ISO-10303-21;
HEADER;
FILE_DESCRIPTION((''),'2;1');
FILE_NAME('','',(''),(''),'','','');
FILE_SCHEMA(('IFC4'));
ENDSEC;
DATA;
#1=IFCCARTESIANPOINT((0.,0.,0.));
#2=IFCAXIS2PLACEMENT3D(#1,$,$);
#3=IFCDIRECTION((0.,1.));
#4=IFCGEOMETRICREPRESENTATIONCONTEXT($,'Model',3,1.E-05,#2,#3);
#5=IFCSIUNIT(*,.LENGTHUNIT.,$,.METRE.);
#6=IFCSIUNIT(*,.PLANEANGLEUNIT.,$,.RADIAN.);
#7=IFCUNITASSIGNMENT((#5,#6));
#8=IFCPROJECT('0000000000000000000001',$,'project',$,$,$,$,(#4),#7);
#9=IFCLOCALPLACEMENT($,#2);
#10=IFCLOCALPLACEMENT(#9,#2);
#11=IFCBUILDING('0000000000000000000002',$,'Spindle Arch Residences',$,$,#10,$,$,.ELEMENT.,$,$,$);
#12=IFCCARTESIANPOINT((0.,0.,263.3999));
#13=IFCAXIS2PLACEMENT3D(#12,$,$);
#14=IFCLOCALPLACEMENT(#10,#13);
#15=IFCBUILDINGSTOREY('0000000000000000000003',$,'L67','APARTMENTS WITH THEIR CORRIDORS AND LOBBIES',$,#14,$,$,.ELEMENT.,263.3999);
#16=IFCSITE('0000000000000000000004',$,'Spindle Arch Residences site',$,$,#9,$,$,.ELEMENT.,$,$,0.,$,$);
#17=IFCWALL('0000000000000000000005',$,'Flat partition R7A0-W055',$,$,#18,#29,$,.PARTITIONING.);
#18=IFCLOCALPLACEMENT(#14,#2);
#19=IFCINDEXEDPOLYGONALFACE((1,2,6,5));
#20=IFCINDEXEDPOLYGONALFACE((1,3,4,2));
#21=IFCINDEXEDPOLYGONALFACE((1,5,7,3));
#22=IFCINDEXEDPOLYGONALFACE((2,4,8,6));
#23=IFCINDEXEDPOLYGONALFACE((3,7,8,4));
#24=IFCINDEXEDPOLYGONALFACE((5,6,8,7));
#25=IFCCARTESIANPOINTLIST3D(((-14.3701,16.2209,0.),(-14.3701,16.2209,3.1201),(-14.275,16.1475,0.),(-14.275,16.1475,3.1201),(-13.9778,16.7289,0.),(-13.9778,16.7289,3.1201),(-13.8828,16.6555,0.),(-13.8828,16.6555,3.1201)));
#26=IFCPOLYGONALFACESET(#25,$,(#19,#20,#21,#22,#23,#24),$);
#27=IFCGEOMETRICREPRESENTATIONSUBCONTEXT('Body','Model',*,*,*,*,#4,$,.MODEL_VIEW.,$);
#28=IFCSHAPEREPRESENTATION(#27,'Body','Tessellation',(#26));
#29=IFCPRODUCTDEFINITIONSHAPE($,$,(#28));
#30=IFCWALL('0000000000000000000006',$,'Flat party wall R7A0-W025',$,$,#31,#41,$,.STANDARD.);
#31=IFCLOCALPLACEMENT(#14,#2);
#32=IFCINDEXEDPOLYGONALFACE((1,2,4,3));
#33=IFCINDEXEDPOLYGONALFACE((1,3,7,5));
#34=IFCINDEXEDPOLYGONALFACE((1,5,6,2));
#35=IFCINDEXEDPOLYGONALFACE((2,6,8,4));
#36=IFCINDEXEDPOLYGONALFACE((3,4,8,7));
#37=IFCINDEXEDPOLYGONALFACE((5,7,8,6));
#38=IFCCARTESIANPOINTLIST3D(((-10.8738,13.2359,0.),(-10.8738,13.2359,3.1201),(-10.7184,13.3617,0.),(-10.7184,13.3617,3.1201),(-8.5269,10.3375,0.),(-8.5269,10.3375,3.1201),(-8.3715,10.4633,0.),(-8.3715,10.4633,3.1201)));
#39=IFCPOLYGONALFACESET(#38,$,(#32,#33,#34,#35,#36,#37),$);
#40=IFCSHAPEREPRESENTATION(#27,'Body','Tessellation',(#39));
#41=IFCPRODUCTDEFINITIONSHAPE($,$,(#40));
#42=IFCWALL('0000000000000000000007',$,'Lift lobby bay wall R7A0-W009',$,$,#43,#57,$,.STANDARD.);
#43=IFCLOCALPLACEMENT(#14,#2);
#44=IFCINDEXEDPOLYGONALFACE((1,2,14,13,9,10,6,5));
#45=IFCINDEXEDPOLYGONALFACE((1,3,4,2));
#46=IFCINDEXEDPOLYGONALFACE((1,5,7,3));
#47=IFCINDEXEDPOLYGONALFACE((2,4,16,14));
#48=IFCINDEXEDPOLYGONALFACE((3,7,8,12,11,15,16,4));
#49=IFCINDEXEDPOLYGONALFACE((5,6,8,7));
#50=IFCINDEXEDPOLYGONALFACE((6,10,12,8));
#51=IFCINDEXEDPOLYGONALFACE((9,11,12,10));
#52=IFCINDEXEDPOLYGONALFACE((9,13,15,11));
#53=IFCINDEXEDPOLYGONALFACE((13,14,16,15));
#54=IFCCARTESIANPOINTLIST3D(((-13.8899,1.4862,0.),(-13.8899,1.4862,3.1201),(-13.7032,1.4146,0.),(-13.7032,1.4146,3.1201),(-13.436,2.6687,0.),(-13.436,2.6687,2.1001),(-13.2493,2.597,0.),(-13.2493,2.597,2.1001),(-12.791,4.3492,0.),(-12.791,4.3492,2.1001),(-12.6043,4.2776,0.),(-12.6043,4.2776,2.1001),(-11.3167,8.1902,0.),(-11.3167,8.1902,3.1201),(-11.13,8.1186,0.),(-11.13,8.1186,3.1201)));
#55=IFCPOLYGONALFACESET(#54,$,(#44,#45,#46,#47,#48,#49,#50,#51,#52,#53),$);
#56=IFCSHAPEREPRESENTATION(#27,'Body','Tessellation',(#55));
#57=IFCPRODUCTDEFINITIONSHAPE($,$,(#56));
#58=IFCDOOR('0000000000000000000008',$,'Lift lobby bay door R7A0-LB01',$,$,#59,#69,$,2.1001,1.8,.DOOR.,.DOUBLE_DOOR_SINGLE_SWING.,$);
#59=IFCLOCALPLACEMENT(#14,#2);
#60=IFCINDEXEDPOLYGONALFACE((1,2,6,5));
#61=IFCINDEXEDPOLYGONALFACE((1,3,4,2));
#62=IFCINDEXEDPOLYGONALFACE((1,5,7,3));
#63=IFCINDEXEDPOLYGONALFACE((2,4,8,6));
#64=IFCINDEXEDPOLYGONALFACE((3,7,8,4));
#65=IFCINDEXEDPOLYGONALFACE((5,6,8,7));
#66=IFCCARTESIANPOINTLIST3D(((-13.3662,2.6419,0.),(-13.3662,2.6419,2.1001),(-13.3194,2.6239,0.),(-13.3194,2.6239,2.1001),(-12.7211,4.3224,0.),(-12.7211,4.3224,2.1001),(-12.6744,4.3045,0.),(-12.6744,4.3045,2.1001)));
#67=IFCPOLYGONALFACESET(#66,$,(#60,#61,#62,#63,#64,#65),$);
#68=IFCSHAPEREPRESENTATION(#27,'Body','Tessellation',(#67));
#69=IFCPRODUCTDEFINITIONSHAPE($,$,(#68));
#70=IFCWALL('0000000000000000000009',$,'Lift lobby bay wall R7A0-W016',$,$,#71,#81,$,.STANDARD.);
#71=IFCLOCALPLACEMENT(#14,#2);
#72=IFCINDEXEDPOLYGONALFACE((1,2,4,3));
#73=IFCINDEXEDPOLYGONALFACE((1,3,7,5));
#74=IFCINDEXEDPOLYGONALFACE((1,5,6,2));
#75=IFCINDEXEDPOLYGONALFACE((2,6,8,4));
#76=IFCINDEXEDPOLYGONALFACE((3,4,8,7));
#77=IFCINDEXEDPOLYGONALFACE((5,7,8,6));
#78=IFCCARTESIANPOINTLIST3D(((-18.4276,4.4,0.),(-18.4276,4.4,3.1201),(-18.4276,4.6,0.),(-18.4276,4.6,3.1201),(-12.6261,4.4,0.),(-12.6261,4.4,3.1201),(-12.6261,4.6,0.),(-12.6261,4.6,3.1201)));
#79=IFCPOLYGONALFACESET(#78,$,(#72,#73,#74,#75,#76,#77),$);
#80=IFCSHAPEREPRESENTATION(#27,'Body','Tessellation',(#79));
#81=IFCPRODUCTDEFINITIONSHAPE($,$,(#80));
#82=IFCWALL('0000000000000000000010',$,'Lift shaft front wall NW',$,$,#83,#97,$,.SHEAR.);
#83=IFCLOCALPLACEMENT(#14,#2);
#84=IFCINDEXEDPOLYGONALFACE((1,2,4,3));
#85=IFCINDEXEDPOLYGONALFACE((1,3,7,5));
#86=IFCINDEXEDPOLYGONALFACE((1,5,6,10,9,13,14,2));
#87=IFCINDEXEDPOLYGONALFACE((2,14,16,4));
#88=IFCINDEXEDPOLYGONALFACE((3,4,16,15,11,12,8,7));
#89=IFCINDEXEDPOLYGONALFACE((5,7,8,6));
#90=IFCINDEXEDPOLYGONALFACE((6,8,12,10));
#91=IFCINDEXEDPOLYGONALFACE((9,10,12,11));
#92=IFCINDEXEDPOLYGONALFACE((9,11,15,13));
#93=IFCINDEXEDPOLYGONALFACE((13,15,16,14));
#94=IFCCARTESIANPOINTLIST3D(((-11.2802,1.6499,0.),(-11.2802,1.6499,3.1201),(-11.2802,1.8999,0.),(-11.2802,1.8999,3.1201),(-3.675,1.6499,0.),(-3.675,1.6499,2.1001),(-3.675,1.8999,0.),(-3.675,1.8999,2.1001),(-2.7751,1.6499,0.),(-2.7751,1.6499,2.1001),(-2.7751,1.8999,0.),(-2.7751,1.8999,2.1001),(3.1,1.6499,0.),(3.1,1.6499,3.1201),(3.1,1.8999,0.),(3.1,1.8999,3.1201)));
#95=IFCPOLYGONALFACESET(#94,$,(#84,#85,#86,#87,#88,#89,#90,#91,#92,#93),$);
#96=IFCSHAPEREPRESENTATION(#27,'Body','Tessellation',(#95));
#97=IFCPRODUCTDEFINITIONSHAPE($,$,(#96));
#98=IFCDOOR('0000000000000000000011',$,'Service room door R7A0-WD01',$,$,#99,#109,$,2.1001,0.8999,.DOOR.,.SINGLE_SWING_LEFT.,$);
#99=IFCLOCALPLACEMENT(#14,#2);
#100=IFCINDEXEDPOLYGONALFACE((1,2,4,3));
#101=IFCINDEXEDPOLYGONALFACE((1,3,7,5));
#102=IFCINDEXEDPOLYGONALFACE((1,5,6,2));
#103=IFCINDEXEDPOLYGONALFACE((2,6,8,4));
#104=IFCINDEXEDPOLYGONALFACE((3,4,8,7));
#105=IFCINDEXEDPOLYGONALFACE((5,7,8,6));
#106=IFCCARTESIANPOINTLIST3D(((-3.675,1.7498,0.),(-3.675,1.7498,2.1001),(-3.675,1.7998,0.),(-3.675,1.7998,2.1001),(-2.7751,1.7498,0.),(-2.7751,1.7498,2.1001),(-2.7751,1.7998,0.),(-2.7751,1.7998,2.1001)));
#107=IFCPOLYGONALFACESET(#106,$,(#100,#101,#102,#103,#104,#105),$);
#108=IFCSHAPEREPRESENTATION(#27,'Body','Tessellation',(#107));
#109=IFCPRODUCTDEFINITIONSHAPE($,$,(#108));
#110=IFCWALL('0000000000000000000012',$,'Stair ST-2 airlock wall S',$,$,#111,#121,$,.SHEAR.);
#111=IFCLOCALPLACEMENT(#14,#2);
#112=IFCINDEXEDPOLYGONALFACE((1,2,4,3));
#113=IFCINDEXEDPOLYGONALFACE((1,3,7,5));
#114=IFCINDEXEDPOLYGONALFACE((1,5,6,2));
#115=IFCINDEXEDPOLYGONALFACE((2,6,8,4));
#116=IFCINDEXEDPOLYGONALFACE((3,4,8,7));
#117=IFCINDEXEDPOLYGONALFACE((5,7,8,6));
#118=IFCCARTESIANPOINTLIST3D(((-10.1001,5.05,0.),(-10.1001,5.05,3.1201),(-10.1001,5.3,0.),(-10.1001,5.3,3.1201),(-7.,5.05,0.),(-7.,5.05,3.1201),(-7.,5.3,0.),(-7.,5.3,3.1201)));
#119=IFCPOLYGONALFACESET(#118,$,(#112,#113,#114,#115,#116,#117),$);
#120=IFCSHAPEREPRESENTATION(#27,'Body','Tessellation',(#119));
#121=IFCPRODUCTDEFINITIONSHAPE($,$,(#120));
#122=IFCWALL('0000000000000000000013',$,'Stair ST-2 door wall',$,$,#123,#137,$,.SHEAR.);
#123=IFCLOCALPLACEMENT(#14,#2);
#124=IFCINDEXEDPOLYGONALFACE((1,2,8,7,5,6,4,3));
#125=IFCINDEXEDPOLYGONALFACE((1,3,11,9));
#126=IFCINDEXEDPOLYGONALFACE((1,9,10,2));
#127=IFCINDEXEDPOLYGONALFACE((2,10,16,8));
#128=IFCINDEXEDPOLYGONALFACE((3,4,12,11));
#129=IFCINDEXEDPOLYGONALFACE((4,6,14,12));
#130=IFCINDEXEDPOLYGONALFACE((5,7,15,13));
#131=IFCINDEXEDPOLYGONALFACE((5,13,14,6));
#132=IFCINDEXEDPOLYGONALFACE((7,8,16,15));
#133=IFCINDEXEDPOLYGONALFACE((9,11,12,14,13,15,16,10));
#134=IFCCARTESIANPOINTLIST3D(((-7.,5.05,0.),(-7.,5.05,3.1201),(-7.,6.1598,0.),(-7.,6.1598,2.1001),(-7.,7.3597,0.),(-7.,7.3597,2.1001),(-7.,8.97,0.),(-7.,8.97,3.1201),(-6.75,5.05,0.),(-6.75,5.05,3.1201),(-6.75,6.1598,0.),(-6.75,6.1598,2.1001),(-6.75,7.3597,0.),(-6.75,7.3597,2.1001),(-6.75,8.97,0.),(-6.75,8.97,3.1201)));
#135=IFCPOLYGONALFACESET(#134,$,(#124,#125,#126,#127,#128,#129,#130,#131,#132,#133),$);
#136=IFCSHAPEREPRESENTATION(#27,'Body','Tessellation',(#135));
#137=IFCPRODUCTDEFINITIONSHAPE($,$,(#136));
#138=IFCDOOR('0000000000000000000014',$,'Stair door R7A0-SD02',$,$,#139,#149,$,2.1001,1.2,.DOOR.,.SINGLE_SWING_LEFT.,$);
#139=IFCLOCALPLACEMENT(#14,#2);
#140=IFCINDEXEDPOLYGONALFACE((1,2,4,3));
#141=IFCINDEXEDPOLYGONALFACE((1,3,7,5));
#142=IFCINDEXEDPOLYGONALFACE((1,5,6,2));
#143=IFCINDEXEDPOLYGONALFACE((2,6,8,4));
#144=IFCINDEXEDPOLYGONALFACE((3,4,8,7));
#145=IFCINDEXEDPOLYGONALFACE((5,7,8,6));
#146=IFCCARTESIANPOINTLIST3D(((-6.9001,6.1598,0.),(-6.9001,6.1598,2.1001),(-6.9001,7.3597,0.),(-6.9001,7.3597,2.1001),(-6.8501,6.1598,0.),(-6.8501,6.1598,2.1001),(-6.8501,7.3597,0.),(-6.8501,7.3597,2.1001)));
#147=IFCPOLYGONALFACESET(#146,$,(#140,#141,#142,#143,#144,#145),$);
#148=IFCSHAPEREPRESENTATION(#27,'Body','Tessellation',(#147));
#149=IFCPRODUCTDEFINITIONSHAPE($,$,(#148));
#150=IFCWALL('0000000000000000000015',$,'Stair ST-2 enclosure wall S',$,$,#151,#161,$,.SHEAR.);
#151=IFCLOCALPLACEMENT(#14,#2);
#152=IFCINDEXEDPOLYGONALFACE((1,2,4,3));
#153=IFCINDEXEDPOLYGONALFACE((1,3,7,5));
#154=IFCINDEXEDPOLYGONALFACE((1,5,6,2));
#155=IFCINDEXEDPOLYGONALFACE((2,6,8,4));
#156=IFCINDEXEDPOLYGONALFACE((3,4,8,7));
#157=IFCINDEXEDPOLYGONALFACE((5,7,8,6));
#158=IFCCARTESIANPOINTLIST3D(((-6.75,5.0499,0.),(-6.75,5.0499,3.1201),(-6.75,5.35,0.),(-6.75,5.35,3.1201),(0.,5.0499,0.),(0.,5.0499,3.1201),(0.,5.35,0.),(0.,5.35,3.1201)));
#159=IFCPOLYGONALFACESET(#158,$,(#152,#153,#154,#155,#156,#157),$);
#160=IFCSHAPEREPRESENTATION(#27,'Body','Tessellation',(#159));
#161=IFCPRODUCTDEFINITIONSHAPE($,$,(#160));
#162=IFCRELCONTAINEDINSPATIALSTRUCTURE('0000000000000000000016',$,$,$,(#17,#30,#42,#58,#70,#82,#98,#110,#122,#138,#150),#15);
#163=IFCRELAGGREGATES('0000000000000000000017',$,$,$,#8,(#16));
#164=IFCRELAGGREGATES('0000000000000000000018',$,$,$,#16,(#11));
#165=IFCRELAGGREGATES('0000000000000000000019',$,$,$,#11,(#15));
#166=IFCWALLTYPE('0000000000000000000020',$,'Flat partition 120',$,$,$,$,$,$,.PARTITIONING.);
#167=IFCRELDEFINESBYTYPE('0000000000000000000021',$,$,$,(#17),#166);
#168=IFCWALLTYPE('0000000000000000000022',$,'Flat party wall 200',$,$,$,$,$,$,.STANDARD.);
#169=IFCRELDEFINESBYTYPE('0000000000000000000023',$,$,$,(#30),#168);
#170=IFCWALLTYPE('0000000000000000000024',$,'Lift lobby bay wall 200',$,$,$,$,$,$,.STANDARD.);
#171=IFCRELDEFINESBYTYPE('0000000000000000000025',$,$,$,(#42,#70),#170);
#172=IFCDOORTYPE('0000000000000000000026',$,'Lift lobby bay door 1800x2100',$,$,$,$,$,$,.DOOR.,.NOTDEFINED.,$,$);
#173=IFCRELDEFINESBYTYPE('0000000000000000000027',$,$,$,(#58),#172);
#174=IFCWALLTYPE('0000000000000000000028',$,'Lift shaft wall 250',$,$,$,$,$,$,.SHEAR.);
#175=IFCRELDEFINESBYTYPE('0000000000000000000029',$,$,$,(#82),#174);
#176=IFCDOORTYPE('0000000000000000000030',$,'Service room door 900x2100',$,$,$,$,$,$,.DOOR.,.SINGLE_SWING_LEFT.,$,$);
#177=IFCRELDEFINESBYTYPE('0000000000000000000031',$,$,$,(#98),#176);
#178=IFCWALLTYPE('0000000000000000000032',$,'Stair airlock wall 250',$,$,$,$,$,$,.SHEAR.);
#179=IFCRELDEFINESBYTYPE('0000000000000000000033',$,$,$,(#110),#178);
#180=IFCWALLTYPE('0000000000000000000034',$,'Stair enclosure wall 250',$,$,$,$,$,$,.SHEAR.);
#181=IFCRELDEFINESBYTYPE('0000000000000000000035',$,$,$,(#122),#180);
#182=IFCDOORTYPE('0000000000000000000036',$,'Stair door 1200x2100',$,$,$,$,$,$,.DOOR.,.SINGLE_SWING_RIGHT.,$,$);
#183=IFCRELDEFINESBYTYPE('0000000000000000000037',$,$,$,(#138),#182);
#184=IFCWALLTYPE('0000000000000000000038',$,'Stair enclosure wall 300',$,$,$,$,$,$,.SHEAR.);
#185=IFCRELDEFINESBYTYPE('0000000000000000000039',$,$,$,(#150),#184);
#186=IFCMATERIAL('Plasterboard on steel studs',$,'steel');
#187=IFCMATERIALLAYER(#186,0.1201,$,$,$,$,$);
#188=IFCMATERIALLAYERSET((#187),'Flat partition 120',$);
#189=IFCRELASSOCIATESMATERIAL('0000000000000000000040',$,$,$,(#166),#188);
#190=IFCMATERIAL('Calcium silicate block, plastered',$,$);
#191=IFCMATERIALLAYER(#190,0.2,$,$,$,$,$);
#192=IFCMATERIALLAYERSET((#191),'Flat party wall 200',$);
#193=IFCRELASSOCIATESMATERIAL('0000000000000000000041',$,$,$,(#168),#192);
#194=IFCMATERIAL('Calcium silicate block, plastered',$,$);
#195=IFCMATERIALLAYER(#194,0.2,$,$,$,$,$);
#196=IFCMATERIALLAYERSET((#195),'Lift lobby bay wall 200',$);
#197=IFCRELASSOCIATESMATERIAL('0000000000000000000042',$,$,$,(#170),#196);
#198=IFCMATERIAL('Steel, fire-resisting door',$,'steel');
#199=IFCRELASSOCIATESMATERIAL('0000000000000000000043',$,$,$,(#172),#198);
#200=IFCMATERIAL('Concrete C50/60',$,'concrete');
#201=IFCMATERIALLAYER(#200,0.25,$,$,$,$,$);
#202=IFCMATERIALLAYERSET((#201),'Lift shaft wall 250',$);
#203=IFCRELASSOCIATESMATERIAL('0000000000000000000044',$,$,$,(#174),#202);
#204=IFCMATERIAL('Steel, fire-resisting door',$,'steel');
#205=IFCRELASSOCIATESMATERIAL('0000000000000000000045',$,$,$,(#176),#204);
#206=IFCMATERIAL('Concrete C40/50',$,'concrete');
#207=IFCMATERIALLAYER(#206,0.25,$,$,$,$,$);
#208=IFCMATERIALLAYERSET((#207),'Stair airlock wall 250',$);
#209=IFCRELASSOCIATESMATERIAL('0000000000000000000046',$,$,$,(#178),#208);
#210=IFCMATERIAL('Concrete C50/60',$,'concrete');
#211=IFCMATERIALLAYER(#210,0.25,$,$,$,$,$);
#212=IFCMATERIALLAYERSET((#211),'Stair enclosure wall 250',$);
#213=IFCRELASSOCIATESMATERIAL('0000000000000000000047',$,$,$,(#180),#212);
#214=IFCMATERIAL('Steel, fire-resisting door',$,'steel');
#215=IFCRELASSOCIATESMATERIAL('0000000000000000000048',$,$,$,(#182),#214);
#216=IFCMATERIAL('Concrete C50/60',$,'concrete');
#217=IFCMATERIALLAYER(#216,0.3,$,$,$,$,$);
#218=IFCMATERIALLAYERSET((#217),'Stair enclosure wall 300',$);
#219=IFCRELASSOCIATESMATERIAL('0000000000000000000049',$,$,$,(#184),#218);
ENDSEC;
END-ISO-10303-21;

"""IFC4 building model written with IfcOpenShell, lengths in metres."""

from ifc_helpers import new_model, si_unit, direction, frame, frame_2d, origin, place, context, subcontext, project, spatial, rectangle, extrude, material, layer, layer_set, type_object, element, fill, save


model = new_model("IFC4")

# Units and contexts
model_context = context("Model", 3, precision=1e-05, world=origin(), true_north=direction((0.0, 1.0)))
body_context = subcontext(model_context, "Body", "Model", "MODEL_VIEW")
ifc_project = project(units=[si_unit("LENGTHUNIT", "METRE"), si_unit("PLANEANGLEUNIT", "RADIAN")], contexts=[model_context])

# Site, building, storey
site_placement = place(None, origin())
site = spatial("IfcSite", under=ifc_project, at=site_placement, Name="Spindle Arch Residences site", CompositionType="ELEMENT", RefElevation=0.0)
building_placement = place(site_placement, origin())
building = spatial("IfcBuilding", under=site, at=building_placement, Name="Spindle Arch Residences", CompositionType="ELEMENT")
storey_placement = place(building_placement, frame((0.0, 0.0, 263.3999)))
storey = spatial("IfcBuildingStorey", under=building, at=storey_placement, Name="L67", Description="APARTMENTS WITH THEIR CORRIDORS AND LOBBIES", CompositionType="ELEMENT", Elevation=263.3999)

# Shared definitions
ifc_material_1 = material(Name="Plasterboard on steel studs", Category="steel")
ifc_layer_1 = layer(ifc_material_1, 0.1201)
ifc_layer_set_1 = layer_set([ifc_layer_1], Name="Flat partition 120")
wall_type_1 = type_object("IfcWallType", Name="Flat partition 120", PredefinedType="PARTITIONING", material=ifc_layer_set_1)

# Walls
wall_1_placement = place(storey_placement, frame((-14.3225, 16.1843, 0.0), z_axis=(0.0, 0.0, 1.0), x_axis=(0.611199, 0.791477, 0.0)))
element("IfcWall", 1, at=wall_1_placement, inside=storey, type_object=wall_type_1, Name="Flat partition R7A0-W055", PredefinedType="PARTITIONING", context=body_context, shape_type="SweptSolid", body=[
    extrude(rectangle(XDim=0.6418, YDim=0.1201, at=frame_2d((0.3208, 0.0))), origin(), (0.0, 0.0, 1.0), 3.1201),
])
ifc_material_2 = material(Name="Calcium silicate block, plastered")
ifc_layer_2 = layer(ifc_material_2, 0.2)
ifc_layer_set_2 = layer_set([ifc_layer_2], Name="Flat party wall 200")
wall_type_2 = type_object("IfcWallType", Name="Flat party wall 200", PredefinedType="STANDARD", material=ifc_layer_set_2)
wall_2_placement = place(storey_placement, frame((-10.7961, 13.2988, 0.0), z_axis=(0.0, 0.0, 1.0), x_axis=(0.62929, -0.77717, 0.0)))
element("IfcWall", 2, at=wall_2_placement, inside=storey, type_object=wall_type_2, Name="Flat party wall R7A0-W025", PredefinedType="STANDARD", context=body_context, shape_type="SweptSolid", body=[
    extrude(rectangle(XDim=3.7295, YDim=0.2, at=frame_2d((1.8647, 0.0))), origin(), (0.0, 0.0, 1.0), 3.1201),
])

# Wall, opening, door
ifc_material_3 = material(Name="Calcium silicate block, plastered")
ifc_layer_3 = layer(ifc_material_3, 0.2)
ifc_layer_set_3 = layer_set([ifc_layer_3], Name="Lift lobby bay wall 200")
wall_type_3 = type_object("IfcWallType", Name="Lift lobby bay wall 200", PredefinedType="STANDARD", material=ifc_layer_set_3)
wall_3_placement = place(storey_placement, frame((-11.2234, 8.1543, 0.0), z_axis=(0.0, 0.0, 1.0), x_axis=(-0.358341, -0.933591, 0.0)))
wall_3 = element("IfcWall", 3, at=wall_3_placement, inside=storey, type_object=wall_type_3, Name="Lift lobby bay wall R7A0-W009", PredefinedType="STANDARD", context=body_context, shape_type="SweptSolid", body=[
    extrude(rectangle(XDim=7.1809, YDim=0.2, at=frame_2d((3.5903, 0.0))), origin(), (0.0, 0.0, 1.0), 3.1201),
])
opening_1_placement = place(wall_3_placement, frame((4.1143, 0.0, 0.0)))
opening_1 = element("IfcOpeningElement", 4, at=opening_1_placement, cuts=wall_3, PredefinedType="OPENING", context=body_context, shape_type="SweptSolid", body=[
    extrude(rectangle(XDim=1.8, YDim=2.1001, at=frame_2d((0.8999, 1.05))), frame((0.0, 0.1099, 0.0), z_axis=(0.0, -1.0, 0.0), x_axis=(1.0, 0.0, 0.0)), (0.0, 0.0, 1.0), 0.22),
])
ifc_material_4 = material(Name="Steel, fire-resisting door", Category="steel")
door_type_1 = type_object("IfcDoorType", Name="Lift lobby bay door 1800x2100", OperationType="NOTDEFINED", PredefinedType="DOOR", material=ifc_material_4)
door_1_placement = place(opening_1_placement, origin())
door_1 = element("IfcDoor", 5, at=door_1_placement, inside=storey, type_object=door_type_1, Name="Lift lobby bay door R7A0-LB01", OperationType="DOUBLE_DOOR_SINGLE_SWING", OverallHeight=2.1001, OverallWidth=1.8, PredefinedType="DOOR", context=body_context, shape_type="SweptSolid", body=[
    extrude(rectangle(XDim=1.8, YDim=2.1001, at=frame_2d((0.8999, 1.05))), frame((0.0, 0.0249, 0.0), z_axis=(0.0, -1.0, 0.0), x_axis=(1.0, 0.0, 0.0)), (0.0, 0.0, 1.0), 0.05),
])
fill(opening_1, door_1)

# Wall
wall_4_placement = place(storey_placement, frame((-12.626, 4.5, 0.0), z_axis=(0.0, 0.0, 1.0), x_axis=(-1.0, 0.0, 0.0)))
element("IfcWall", 6, at=wall_4_placement, inside=storey, type_object=wall_type_3, Name="Lift lobby bay wall R7A0-W016", PredefinedType="STANDARD", context=body_context, shape_type="SweptSolid", body=[
    extrude(rectangle(XDim=5.8015, YDim=0.2, at=frame_2d((2.9009, 0.0))), origin(), (0.0, 0.0, 1.0), 3.1201),
])

# Wall, opening, door
ifc_material_5 = material(Name="Concrete C50/60", Category="concrete")
ifc_layer_4 = layer(ifc_material_5, 0.25)
ifc_layer_set_4 = layer_set([ifc_layer_4], Name="Lift shaft wall 250")
wall_type_4 = type_object("IfcWallType", Name="Lift shaft wall 250", PredefinedType="SHEAR", material=ifc_layer_set_4)
wall_5_placement = place(storey_placement, frame((-11.28, 1.7749, 0.0), z_axis=(0.0, 0.0, 1.0), x_axis=(1.0, 0.0, 0.0)))
wall_5 = element("IfcWall", 7, at=wall_5_placement, inside=storey, type_object=wall_type_4, Name="Lift shaft front wall NW", PredefinedType="SHEAR", context=body_context, shape_type="SweptSolid", body=[
    extrude(rectangle(XDim=14.3801, YDim=0.25, at=frame_2d((7.1899, 0.0))), origin(), (0.0, 0.0, 1.0), 3.1201),
])
opening_2_placement = place(wall_5_placement, frame((7.605, 0.0, 0.0)))
opening_2 = element("IfcOpeningElement", 8, at=opening_2_placement, cuts=wall_5, PredefinedType="OPENING", context=body_context, shape_type="SweptSolid", body=[
    extrude(rectangle(XDim=0.8999, YDim=2.1001, at=frame_2d((0.45, 1.05))), frame((0.0, 0.135, 0.0), z_axis=(0.0, -1.0, 0.0), x_axis=(1.0, 0.0, 0.0)), (0.0, 0.0, 1.0), 0.27),
])
ifc_material_6 = material(Name="Steel, fire-resisting door", Category="steel")
door_type_2 = type_object("IfcDoorType", Name="Service room door 900x2100", OperationType="SINGLE_SWING_LEFT", PredefinedType="DOOR", material=ifc_material_6)
door_2_placement = place(opening_2_placement, origin())
door_2 = element("IfcDoor", 9, at=door_2_placement, inside=storey, type_object=door_type_2, Name="Service room door R7A0-WD01", OperationType="SINGLE_SWING_LEFT", OverallHeight=2.1001, OverallWidth=0.8999, PredefinedType="DOOR", context=body_context, shape_type="SweptSolid", body=[
    extrude(rectangle(XDim=0.8999, YDim=2.1001, at=frame_2d((0.45, 1.05))), frame((0.0, 0.0249, 0.0), z_axis=(0.0, -1.0, 0.0), x_axis=(1.0, 0.0, 0.0)), (0.0, 0.0, 1.0), 0.05),
])
fill(opening_2, door_2)

# Wall
ifc_material_7 = material(Name="Concrete C40/50", Category="concrete")
ifc_layer_5 = layer(ifc_material_7, 0.25)
ifc_layer_set_5 = layer_set([ifc_layer_5], Name="Stair airlock wall 250")
wall_type_5 = type_object("IfcWallType", Name="Stair airlock wall 250", PredefinedType="SHEAR", material=ifc_layer_set_5)
wall_6_placement = place(storey_placement, frame((-7.0, 5.175, 0.0), z_axis=(0.0, 0.0, 1.0), x_axis=(-1.0, 0.0, 0.0)))
element("IfcWall", 10, at=wall_6_placement, inside=storey, type_object=wall_type_5, Name="Stair ST-2 airlock wall S", PredefinedType="SHEAR", context=body_context, shape_type="SweptSolid", body=[
    extrude(rectangle(XDim=3.1001, YDim=0.25, at=frame_2d((1.55, 0.0))), origin(), (0.0, 0.0, 1.0), 3.1201),
])

# Wall, opening, door
ifc_material_8 = material(Name="Concrete C50/60", Category="concrete")
ifc_layer_6 = layer(ifc_material_8, 0.25)
ifc_layer_set_6 = layer_set([ifc_layer_6], Name="Stair enclosure wall 250")
wall_type_6 = type_object("IfcWallType", Name="Stair enclosure wall 250", PredefinedType="SHEAR", material=ifc_layer_set_6)
wall_7_placement = place(storey_placement, frame((-6.875, 8.97, 0.0), z_axis=(0.0, 0.0, 1.0), x_axis=(0.0, -1.0, 0.0)))
wall_7 = element("IfcWall", 11, at=wall_7_placement, inside=storey, type_object=wall_type_6, Name="Stair ST-2 door wall", PredefinedType="SHEAR", context=body_context, shape_type="SweptSolid", body=[
    extrude(rectangle(XDim=3.9199, YDim=0.25, at=frame_2d((1.96, 0.0))), origin(), (0.0, 0.0, 1.0), 3.1201),
])
opening_3_placement = place(wall_7_placement, frame((1.6101, 0.0, 0.0)))
opening_3 = element("IfcOpeningElement", 12, at=opening_3_placement, cuts=wall_7, PredefinedType="OPENING", context=body_context, shape_type="SweptSolid", body=[
    extrude(rectangle(XDim=1.2, YDim=2.1001, at=frame_2d((0.6001, 1.05))), frame((0.0, 0.135, 0.0), z_axis=(0.0, -1.0, 0.0), x_axis=(1.0, 0.0, 0.0)), (0.0, 0.0, 1.0), 0.27),
])
ifc_material_9 = material(Name="Steel, fire-resisting door", Category="steel")
door_type_3 = type_object("IfcDoorType", Name="Stair door 1200x2100", OperationType="SINGLE_SWING_RIGHT", PredefinedType="DOOR", material=ifc_material_9)
door_3_placement = place(opening_3_placement, origin())
door_3 = element("IfcDoor", 13, at=door_3_placement, inside=storey, type_object=door_type_3, Name="Stair door R7A0-SD02", OperationType="SINGLE_SWING_LEFT", OverallHeight=2.1001, OverallWidth=1.2, PredefinedType="DOOR", context=body_context, shape_type="SweptSolid", body=[
    extrude(rectangle(XDim=1.2, YDim=2.1001, at=frame_2d((0.6001, 1.05))), frame((0.0, 0.0249, 0.0), z_axis=(0.0, -1.0, 0.0), x_axis=(1.0, 0.0, 0.0)), (0.0, 0.0, 1.0), 0.05),
])
fill(opening_3, door_3)

# Wall
ifc_material_10 = material(Name="Concrete C50/60", Category="concrete")
ifc_layer_7 = layer(ifc_material_10, 0.3)
ifc_layer_set_7 = layer_set([ifc_layer_7], Name="Stair enclosure wall 300")
wall_type_7 = type_object("IfcWallType", Name="Stair enclosure wall 300", PredefinedType="SHEAR", material=ifc_layer_set_7)
for number, where, z_axis, x_axis, name in (
    (14, (-6.75, 5.2, 0.0), (0.0, 0.0, 1.0), (1.0, 0.0, 0.0), "Stair ST-2 enclosure wall S"),
):
    element("IfcWall", number, at=place(storey_placement, frame(where, z_axis=z_axis, x_axis=x_axis)), inside=storey, type_object=wall_type_7, Name=name, PredefinedType="SHEAR", context=body_context, shape_type="SweptSolid", body=[
        extrude(rectangle(XDim=6.75, YDim=0.3, at=frame_2d((3.375, 0.0))), origin(), (0.0, 0.0, 1.0), 3.1201),
    ])

save(model, "model.ifc")
